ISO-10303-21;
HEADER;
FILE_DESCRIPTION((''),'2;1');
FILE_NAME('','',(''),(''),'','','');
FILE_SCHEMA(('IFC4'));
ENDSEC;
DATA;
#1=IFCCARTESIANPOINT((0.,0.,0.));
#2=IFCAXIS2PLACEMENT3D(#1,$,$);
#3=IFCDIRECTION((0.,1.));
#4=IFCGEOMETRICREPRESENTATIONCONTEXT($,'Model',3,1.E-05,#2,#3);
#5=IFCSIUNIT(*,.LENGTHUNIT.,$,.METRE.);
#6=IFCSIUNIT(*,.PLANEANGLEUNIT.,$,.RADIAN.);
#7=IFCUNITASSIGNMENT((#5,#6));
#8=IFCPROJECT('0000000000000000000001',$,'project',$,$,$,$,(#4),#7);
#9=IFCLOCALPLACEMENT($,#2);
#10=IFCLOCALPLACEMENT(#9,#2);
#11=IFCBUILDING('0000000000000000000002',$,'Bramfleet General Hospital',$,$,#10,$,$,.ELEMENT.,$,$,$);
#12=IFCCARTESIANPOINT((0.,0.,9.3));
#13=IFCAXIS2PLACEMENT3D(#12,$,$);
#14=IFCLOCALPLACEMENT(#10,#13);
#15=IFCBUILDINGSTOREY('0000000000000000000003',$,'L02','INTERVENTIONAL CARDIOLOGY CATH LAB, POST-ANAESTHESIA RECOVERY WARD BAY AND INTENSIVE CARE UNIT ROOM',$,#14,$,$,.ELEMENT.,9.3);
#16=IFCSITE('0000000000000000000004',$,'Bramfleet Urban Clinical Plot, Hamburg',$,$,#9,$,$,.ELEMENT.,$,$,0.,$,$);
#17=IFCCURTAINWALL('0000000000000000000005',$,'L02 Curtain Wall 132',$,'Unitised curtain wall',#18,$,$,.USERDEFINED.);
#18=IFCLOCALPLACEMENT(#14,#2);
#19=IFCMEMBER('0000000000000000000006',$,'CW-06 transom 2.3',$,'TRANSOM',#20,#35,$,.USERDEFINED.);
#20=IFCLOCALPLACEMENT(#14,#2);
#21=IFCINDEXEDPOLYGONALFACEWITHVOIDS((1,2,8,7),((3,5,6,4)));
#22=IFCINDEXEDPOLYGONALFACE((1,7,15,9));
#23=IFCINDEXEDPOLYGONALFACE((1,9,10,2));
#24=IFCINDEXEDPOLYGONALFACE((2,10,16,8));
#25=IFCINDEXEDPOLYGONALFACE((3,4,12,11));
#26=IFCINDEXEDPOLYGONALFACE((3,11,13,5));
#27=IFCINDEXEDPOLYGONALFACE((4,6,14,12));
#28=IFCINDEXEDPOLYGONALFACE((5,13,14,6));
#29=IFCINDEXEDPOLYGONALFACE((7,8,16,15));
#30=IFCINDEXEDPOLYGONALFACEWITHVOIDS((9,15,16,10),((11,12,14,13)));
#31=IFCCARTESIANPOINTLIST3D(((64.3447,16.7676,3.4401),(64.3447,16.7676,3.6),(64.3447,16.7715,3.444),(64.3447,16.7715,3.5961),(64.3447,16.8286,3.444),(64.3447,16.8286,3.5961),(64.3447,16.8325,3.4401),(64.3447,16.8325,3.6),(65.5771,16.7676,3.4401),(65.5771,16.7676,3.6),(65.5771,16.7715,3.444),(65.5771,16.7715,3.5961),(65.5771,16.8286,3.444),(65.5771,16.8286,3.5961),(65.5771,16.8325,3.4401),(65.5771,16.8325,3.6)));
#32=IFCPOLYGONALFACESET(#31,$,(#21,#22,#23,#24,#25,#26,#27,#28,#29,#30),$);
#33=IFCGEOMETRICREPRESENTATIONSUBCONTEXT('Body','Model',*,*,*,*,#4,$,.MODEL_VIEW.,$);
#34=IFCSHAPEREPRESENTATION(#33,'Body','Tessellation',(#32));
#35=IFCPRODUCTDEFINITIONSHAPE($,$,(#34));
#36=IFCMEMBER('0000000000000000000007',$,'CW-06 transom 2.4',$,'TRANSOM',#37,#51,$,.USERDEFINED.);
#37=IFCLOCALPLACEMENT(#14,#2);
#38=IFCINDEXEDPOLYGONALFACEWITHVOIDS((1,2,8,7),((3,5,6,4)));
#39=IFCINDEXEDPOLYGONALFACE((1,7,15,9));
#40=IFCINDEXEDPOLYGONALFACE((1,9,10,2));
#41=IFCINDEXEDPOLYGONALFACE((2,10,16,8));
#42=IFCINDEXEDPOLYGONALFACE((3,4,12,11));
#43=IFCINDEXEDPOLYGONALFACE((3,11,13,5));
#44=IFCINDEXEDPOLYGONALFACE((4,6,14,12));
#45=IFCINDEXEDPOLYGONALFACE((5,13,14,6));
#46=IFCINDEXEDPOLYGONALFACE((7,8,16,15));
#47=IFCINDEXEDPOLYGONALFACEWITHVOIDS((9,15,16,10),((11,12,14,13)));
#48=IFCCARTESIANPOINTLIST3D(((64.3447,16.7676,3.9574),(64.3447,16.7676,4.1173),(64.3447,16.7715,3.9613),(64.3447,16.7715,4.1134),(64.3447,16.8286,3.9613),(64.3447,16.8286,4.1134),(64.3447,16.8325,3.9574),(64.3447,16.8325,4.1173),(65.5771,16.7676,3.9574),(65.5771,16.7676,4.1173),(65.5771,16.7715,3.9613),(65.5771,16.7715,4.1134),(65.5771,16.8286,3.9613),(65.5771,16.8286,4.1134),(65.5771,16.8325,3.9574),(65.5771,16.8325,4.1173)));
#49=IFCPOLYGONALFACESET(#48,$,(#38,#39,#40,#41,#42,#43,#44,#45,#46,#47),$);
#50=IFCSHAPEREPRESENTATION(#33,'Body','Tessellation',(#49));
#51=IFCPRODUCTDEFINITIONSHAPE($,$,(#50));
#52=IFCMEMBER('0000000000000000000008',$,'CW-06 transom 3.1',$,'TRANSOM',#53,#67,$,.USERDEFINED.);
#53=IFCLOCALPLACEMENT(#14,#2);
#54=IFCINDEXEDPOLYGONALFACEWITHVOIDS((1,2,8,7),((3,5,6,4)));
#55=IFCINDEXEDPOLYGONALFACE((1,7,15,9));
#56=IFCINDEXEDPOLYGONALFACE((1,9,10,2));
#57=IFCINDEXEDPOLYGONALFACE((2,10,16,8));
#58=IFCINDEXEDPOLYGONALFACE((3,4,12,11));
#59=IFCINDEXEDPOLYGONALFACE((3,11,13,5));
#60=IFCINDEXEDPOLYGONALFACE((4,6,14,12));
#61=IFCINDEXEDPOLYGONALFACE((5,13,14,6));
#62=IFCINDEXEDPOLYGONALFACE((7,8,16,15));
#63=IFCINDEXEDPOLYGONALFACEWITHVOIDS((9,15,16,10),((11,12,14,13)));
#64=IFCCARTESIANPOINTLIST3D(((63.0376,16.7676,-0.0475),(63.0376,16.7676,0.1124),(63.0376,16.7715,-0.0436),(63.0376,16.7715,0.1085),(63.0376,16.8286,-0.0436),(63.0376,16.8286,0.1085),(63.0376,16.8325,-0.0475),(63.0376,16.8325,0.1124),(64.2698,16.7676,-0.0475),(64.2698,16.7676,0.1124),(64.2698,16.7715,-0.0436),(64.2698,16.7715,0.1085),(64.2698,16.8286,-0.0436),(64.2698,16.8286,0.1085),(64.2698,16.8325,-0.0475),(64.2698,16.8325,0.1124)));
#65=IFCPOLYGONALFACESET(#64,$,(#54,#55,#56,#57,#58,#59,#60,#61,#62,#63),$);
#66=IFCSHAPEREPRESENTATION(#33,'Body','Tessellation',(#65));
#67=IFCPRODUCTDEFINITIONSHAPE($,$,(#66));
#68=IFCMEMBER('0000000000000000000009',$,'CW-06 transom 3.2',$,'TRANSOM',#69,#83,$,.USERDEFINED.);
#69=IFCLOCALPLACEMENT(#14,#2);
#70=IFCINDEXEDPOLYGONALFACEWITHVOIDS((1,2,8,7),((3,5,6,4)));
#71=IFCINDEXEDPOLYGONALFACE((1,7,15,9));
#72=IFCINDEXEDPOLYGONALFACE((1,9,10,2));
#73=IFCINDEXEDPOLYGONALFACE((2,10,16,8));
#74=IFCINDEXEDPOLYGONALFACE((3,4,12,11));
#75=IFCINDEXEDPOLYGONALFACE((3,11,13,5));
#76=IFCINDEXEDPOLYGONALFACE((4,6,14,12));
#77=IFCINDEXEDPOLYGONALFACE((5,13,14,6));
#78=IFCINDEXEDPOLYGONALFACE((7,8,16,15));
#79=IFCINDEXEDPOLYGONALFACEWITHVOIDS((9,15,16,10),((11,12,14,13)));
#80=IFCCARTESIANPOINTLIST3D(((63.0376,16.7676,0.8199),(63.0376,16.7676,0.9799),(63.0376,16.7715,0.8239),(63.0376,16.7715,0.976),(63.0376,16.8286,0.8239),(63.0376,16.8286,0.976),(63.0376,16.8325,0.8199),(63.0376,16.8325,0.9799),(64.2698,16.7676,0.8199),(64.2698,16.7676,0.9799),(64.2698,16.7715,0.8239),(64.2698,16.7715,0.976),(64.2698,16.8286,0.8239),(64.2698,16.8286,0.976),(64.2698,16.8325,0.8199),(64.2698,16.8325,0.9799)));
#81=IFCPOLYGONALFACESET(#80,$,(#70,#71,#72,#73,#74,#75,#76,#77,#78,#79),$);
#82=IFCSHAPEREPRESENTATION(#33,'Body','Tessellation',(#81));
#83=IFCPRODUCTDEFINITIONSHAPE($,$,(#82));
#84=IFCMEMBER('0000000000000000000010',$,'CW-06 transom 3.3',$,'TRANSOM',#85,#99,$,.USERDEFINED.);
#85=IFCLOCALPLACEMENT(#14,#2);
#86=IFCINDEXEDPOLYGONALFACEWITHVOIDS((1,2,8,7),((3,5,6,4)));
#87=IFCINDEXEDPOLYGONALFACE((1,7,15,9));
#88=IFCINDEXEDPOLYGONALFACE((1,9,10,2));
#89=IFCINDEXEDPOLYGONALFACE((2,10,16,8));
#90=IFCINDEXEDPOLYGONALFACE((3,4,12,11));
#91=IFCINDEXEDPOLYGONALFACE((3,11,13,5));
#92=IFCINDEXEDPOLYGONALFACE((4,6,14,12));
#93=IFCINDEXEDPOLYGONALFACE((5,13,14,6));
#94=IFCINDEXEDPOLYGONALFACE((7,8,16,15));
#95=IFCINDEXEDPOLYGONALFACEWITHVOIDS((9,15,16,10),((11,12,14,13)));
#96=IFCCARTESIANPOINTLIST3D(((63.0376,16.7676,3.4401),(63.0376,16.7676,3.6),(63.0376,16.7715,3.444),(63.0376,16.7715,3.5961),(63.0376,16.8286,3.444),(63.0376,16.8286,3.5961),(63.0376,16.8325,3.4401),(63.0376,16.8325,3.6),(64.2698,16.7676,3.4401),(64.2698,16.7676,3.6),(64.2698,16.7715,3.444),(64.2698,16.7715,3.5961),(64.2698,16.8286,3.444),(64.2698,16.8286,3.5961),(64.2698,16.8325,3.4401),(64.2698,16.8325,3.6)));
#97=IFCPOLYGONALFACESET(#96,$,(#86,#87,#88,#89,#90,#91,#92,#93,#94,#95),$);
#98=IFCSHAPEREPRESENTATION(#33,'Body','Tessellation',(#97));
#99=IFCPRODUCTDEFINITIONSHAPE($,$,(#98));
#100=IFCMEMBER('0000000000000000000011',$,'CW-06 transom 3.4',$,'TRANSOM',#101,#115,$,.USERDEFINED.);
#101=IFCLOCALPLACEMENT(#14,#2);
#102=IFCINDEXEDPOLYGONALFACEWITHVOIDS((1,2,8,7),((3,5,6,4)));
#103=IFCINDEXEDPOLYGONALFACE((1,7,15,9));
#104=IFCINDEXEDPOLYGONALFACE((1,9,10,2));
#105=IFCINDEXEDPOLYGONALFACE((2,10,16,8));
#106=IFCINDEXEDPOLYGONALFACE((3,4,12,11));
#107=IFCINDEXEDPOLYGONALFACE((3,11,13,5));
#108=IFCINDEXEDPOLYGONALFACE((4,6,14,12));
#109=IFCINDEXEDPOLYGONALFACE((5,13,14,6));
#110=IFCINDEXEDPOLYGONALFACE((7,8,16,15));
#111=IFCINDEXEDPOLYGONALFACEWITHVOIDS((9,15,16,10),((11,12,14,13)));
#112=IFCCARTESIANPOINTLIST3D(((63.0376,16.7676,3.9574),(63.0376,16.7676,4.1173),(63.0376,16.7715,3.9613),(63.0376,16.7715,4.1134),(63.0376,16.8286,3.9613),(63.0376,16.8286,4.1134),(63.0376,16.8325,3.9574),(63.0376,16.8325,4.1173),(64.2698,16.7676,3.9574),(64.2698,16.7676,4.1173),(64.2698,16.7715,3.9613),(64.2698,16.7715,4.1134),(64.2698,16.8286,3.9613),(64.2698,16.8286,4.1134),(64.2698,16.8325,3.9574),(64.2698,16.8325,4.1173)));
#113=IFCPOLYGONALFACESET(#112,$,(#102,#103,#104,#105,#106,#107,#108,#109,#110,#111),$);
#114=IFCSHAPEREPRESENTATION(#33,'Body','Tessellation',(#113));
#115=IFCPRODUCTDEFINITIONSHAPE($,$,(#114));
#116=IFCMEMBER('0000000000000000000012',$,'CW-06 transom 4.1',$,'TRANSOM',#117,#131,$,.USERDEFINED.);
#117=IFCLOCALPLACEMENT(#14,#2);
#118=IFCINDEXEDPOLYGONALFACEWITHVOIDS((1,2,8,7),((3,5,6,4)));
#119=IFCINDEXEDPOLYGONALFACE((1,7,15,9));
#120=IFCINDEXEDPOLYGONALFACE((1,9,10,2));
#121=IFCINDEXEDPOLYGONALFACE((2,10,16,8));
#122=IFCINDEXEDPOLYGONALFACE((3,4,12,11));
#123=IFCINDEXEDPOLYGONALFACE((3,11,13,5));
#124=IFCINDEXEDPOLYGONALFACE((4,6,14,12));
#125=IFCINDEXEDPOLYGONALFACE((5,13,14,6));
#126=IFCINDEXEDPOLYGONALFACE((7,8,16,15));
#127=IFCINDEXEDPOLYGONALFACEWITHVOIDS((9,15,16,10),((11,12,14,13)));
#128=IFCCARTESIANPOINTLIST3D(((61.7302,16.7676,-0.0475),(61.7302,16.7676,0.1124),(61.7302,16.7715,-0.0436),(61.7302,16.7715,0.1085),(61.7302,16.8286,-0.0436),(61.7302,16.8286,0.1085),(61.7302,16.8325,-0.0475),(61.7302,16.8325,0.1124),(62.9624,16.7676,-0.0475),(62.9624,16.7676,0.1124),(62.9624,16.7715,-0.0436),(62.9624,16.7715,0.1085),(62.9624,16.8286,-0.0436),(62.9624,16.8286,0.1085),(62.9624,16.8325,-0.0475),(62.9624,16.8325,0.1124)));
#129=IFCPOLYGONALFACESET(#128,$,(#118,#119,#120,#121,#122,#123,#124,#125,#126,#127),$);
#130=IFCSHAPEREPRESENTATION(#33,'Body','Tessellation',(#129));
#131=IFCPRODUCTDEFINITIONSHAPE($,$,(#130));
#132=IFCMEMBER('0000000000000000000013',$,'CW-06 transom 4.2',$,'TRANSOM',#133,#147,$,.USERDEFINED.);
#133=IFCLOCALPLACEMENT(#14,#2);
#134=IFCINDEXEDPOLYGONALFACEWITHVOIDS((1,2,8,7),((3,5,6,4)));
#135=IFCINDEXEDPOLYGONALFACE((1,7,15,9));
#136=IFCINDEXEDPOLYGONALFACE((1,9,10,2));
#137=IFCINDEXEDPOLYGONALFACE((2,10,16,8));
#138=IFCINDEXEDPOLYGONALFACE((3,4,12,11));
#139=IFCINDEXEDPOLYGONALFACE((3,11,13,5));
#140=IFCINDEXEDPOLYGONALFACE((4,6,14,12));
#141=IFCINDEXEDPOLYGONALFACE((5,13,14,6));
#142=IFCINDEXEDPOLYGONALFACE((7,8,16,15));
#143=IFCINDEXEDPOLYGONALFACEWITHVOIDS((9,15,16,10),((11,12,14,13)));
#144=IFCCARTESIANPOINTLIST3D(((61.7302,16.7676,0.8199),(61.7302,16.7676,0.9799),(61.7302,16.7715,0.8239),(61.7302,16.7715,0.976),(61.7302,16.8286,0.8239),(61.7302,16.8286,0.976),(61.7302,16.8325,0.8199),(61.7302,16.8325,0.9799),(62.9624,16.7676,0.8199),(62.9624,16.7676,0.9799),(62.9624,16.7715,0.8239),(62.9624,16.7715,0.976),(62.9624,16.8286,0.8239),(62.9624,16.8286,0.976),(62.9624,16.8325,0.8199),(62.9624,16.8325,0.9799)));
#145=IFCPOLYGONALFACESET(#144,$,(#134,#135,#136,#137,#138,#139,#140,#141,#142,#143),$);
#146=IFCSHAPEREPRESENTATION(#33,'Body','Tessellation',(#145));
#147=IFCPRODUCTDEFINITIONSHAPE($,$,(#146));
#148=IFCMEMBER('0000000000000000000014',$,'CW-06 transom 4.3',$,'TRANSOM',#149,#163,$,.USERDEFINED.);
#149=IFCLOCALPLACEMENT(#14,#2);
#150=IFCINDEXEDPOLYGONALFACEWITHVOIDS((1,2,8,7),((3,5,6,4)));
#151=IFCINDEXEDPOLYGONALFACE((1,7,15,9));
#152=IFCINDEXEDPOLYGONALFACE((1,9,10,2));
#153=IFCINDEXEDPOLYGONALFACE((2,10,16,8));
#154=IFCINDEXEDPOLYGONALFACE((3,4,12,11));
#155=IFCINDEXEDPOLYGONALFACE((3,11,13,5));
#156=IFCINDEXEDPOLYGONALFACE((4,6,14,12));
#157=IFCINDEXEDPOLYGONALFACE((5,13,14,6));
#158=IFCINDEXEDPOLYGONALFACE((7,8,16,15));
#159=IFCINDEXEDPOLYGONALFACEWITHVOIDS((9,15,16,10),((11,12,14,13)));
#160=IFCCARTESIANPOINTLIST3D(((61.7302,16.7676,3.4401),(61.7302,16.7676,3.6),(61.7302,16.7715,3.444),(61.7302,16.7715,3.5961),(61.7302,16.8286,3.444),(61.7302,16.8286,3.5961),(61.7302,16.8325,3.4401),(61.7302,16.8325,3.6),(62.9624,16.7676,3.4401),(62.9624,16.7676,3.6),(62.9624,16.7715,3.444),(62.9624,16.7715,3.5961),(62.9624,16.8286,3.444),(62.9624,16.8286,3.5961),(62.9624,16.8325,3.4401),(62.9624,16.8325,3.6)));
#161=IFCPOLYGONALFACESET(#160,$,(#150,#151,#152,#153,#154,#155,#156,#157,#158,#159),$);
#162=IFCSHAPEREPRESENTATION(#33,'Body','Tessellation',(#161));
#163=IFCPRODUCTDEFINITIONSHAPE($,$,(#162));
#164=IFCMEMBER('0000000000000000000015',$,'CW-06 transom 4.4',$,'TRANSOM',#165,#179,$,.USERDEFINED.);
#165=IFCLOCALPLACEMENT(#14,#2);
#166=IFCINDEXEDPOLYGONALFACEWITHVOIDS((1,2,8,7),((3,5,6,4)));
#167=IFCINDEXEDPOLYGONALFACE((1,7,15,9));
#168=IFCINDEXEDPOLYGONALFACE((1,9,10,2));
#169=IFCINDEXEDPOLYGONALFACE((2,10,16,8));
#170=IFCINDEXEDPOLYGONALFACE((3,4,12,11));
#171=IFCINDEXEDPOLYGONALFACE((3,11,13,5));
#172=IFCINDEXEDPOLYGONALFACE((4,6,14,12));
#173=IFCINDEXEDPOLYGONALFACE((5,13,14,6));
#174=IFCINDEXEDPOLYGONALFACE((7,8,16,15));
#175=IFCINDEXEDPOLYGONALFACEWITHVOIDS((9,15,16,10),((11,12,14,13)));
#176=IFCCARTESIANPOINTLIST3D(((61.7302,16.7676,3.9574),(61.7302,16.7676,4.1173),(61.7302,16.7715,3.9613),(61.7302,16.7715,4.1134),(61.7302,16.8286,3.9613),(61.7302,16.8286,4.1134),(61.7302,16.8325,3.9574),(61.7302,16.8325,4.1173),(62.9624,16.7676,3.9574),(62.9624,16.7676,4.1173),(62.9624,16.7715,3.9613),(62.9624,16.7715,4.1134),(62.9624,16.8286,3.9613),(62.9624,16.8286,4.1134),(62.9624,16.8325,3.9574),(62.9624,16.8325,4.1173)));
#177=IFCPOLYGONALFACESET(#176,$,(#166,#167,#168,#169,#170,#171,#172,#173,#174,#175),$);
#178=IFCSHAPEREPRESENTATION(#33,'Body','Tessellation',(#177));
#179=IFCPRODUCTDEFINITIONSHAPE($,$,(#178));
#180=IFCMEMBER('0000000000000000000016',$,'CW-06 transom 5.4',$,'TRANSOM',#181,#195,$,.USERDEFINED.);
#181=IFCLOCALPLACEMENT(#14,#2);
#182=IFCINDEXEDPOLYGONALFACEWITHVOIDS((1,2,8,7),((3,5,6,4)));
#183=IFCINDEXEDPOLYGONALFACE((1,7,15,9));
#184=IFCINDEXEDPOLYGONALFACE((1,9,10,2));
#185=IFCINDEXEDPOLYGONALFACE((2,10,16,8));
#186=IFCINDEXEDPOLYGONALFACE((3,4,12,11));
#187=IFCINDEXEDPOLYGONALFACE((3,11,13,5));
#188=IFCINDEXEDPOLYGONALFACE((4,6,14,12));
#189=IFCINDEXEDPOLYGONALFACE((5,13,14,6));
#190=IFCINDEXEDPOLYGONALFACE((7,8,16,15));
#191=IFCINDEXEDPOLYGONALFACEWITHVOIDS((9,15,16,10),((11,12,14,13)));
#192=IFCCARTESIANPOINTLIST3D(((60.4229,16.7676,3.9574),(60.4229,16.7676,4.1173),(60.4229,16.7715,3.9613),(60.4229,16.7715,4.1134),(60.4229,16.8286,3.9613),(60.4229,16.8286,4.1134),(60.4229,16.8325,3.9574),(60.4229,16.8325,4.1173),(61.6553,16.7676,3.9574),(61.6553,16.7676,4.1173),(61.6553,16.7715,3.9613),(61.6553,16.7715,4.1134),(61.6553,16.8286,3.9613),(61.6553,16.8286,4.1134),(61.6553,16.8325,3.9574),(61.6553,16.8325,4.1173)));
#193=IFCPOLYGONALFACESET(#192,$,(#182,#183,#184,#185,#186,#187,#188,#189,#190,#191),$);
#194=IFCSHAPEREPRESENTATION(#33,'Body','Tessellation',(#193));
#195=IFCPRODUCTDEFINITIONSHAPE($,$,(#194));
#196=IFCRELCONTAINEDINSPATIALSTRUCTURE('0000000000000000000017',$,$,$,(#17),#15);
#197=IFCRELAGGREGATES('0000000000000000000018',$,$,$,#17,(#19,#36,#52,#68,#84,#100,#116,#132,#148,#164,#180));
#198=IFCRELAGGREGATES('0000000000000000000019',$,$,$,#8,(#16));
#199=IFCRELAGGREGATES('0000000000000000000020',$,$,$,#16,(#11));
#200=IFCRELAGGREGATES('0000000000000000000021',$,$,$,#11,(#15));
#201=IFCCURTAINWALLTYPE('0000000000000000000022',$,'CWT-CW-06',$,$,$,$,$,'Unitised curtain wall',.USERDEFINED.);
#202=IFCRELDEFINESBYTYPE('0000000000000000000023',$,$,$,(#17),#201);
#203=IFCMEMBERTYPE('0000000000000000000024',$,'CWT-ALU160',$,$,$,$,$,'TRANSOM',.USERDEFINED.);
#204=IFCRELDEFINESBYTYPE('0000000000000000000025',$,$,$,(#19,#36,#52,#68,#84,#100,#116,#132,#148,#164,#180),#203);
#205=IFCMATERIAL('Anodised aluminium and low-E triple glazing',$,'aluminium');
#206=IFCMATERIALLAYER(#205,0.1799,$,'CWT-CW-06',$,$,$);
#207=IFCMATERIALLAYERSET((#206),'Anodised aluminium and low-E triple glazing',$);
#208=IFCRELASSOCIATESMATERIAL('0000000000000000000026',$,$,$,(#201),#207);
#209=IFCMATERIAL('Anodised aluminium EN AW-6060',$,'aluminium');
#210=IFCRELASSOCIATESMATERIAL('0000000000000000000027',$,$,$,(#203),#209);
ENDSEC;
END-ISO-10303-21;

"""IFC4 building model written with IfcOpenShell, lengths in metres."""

from ifc_helpers import new_model, si_unit, direction, frame, origin, origin_2d, place, context, subcontext, project, spatial, hollow_rectangle, extrude, material, layer, layer_set, material_profile, profile_set, type_object, element, aggregate, save


model = new_model("IFC4")

# Units and contexts
model_context = context("Model", 3, precision=1e-05, world=origin(), true_north=direction((0.0, 1.0)))
body_context = subcontext(model_context, "Body", "Model", "MODEL_VIEW")
ifc_project = project(units=[si_unit("LENGTHUNIT", "METRE"), si_unit("PLANEANGLEUNIT", "RADIAN")], contexts=[model_context])

# Site, building, storey
site_placement = place(None, origin())
site = spatial("IfcSite", under=ifc_project, at=site_placement, Name="Bramfleet Urban Clinical Plot, Hamburg", CompositionType="ELEMENT", RefElevation=0.0)
building_placement = place(site_placement, origin())
building = spatial("IfcBuilding", under=site, at=building_placement, Name="Bramfleet General Hospital", CompositionType="ELEMENT")
storey_placement = place(building_placement, frame((0.0, 0.0, 9.3)))
storey = spatial("IfcBuildingStorey", under=building, at=storey_placement, Name="L02", Description="INTERVENTIONAL CARDIOLOGY CATH LAB, POST-ANAESTHESIA RECOVERY WARD BAY AND INTENSIVE CARE UNIT ROOM", CompositionType="ELEMENT", Elevation=9.3)

# Curtain wall, members
ifc_material_1 = material(Name="Anodised aluminium and low-E triple glazing", Category="aluminium")
ifc_layer_1 = layer(ifc_material_1, 0.1799, Name="CWT-CW-06")
ifc_layer_set_1 = layer_set([ifc_layer_1], Name="Anodised aluminium and low-E triple glazing")
curtain_wall_type = type_object("IfcCurtainWallType", Name="CWT-CW-06", ElementType="Unitised curtain wall", PredefinedType="USERDEFINED", material=ifc_layer_set_1)
curtain_wall_placement = place(storey_placement, origin())
curtain_wall = element("IfcCurtainWall", 1, at=curtain_wall_placement, inside=storey, type_object=curtain_wall_type, Name="L02 Curtain Wall 132", ObjectType="Unitised curtain wall", PredefinedType="USERDEFINED")
ifc_material_2 = material(Name="Anodised aluminium EN AW-6060", Category="aluminium")
ifc_material_profile_1 = material_profile(ifc_material_2, hollow_rectangle(XDim=0.0649, YDim=0.1599, WallThickness=0.0039, at=origin_2d()), Name="ALU 160x65x4.0")
ifc_profile_set_1 = profile_set([ifc_material_profile_1], Name="Anodised aluminium EN AW-6060")
member_type_1 = type_object("IfcMemberType", Name="CWT-ALU160", ElementType="TRANSOM", PredefinedType="USERDEFINED", material=ifc_profile_set_1)
member_1_placement = place(storey_placement, frame((65.5771, 16.8, 3.52), z_axis=(-1.0, 0.0, 0.0), x_axis=(0.0, -1.0, 0.0)))
member_1 = element("IfcMember", 2, at=member_1_placement, type_object=member_type_1, Name="CW-06 transom 2.3", ObjectType="TRANSOM", PredefinedType="USERDEFINED", context=body_context, shape_type="SweptSolid", body=[
    extrude(hollow_rectangle(XDim=0.0649, YDim=0.1599, WallThickness=0.0039, at=origin_2d()), origin(), (0.0, 0.0, 1.0), 1.2324),
])
member_2_placement = place(storey_placement, frame((65.5771, 16.8, 4.0374), z_axis=(-1.0, 0.0, 0.0), x_axis=(0.0, -1.0, 0.0)))
member_2 = element("IfcMember", 3, at=member_2_placement, type_object=member_type_1, Name="CW-06 transom 2.4", ObjectType="TRANSOM", PredefinedType="USERDEFINED", context=body_context, shape_type="SweptSolid", body=[
    extrude(hollow_rectangle(XDim=0.0649, YDim=0.1599, WallThickness=0.0039, at=origin_2d()), origin(), (0.0, 0.0, 1.0), 1.2324),
])
member_3_placement = place(storey_placement, frame((64.2698, 16.8, 0.0325), z_axis=(-1.0, 0.0, 0.0), x_axis=(0.0, -1.0, 0.0)))
member_3 = element("IfcMember", 4, at=member_3_placement, type_object=member_type_1, Name="CW-06 transom 3.1", ObjectType="TRANSOM", PredefinedType="USERDEFINED", context=body_context, shape_type="SweptSolid", body=[
    extrude(hollow_rectangle(XDim=0.0649, YDim=0.1599, WallThickness=0.0039, at=origin_2d()), origin(), (0.0, 0.0, 1.0), 1.2322),
])
member_4_placement = place(storey_placement, frame((64.2698, 16.8, 0.8999), z_axis=(-1.0, 0.0, 0.0), x_axis=(0.0, -1.0, 0.0)))
member_4 = element("IfcMember", 5, at=member_4_placement, type_object=member_type_1, Name="CW-06 transom 3.2", ObjectType="TRANSOM", PredefinedType="USERDEFINED", context=body_context, shape_type="SweptSolid", body=[
    extrude(hollow_rectangle(XDim=0.0649, YDim=0.1599, WallThickness=0.0039, at=origin_2d()), origin(), (0.0, 0.0, 1.0), 1.2322),
])
member_5_placement = place(storey_placement, frame((64.2698, 16.8, 3.52), z_axis=(-1.0, 0.0, 0.0), x_axis=(0.0, -1.0, 0.0)))
member_5 = element("IfcMember", 6, at=member_5_placement, type_object=member_type_1, Name="CW-06 transom 3.3", ObjectType="TRANSOM", PredefinedType="USERDEFINED", context=body_context, shape_type="SweptSolid", body=[
    extrude(hollow_rectangle(XDim=0.0649, YDim=0.1599, WallThickness=0.0039, at=origin_2d()), origin(), (0.0, 0.0, 1.0), 1.2322),
])
member_6_placement = place(storey_placement, frame((64.2698, 16.8, 4.0374), z_axis=(-1.0, 0.0, 0.0), x_axis=(0.0, -1.0, 0.0)))
member_6 = element("IfcMember", 7, at=member_6_placement, type_object=member_type_1, Name="CW-06 transom 3.4", ObjectType="TRANSOM", PredefinedType="USERDEFINED", context=body_context, shape_type="SweptSolid", body=[
    extrude(hollow_rectangle(XDim=0.0649, YDim=0.1599, WallThickness=0.0039, at=origin_2d()), origin(), (0.0, 0.0, 1.0), 1.2322),
])
member_7_placement = place(storey_placement, frame((62.9624, 16.8, 0.0325), z_axis=(-1.0, 0.0, 0.0), x_axis=(0.0, -1.0, 0.0)))
member_7 = element("IfcMember", 8, at=member_7_placement, type_object=member_type_1, Name="CW-06 transom 4.1", ObjectType="TRANSOM", PredefinedType="USERDEFINED", context=body_context, shape_type="SweptSolid", body=[
    extrude(hollow_rectangle(XDim=0.0649, YDim=0.1599, WallThickness=0.0039, at=origin_2d()), origin(), (0.0, 0.0, 1.0), 1.2322),
])
member_8_placement = place(storey_placement, frame((62.9624, 16.8, 0.8999), z_axis=(-1.0, 0.0, 0.0), x_axis=(0.0, -1.0, 0.0)))
member_8 = element("IfcMember", 9, at=member_8_placement, type_object=member_type_1, Name="CW-06 transom 4.2", ObjectType="TRANSOM", PredefinedType="USERDEFINED", context=body_context, shape_type="SweptSolid", body=[
    extrude(hollow_rectangle(XDim=0.0649, YDim=0.1599, WallThickness=0.0039, at=origin_2d()), origin(), (0.0, 0.0, 1.0), 1.2322),
])
member_9_placement = place(storey_placement, frame((62.9624, 16.8, 3.52), z_axis=(-1.0, 0.0, 0.0), x_axis=(0.0, -1.0, 0.0)))
member_9 = element("IfcMember", 10, at=member_9_placement, type_object=member_type_1, Name="CW-06 transom 4.3", ObjectType="TRANSOM", PredefinedType="USERDEFINED", context=body_context, shape_type="SweptSolid", body=[
    extrude(hollow_rectangle(XDim=0.0649, YDim=0.1599, WallThickness=0.0039, at=origin_2d()), origin(), (0.0, 0.0, 1.0), 1.2322),
])
member_10_placement = place(storey_placement, frame((62.9624, 16.8, 4.0374), z_axis=(-1.0, 0.0, 0.0), x_axis=(0.0, -1.0, 0.0)))
member_10 = element("IfcMember", 11, at=member_10_placement, type_object=member_type_1, Name="CW-06 transom 4.4", ObjectType="TRANSOM", PredefinedType="USERDEFINED", context=body_context, shape_type="SweptSolid", body=[
    extrude(hollow_rectangle(XDim=0.0649, YDim=0.1599, WallThickness=0.0039, at=origin_2d()), origin(), (0.0, 0.0, 1.0), 1.2322),
])
member_11_placement = place(storey_placement, frame((61.6553, 16.8, 4.0374), z_axis=(-1.0, 0.0, 0.0), x_axis=(0.0, -1.0, 0.0)))
member_11 = element("IfcMember", 12, at=member_11_placement, type_object=member_type_1, Name="CW-06 transom 5.4", ObjectType="TRANSOM", PredefinedType="USERDEFINED", context=body_context, shape_type="SweptSolid", body=[
    extrude(hollow_rectangle(XDim=0.0649, YDim=0.1599, WallThickness=0.0039, at=origin_2d()), origin(), (0.0, 0.0, 1.0), 1.2324),
])
aggregate(curtain_wall, [member_1, member_2, member_3, member_4, member_5, member_6, member_7, member_8, member_9, member_10, member_11])

save(model, "model.ifc")
